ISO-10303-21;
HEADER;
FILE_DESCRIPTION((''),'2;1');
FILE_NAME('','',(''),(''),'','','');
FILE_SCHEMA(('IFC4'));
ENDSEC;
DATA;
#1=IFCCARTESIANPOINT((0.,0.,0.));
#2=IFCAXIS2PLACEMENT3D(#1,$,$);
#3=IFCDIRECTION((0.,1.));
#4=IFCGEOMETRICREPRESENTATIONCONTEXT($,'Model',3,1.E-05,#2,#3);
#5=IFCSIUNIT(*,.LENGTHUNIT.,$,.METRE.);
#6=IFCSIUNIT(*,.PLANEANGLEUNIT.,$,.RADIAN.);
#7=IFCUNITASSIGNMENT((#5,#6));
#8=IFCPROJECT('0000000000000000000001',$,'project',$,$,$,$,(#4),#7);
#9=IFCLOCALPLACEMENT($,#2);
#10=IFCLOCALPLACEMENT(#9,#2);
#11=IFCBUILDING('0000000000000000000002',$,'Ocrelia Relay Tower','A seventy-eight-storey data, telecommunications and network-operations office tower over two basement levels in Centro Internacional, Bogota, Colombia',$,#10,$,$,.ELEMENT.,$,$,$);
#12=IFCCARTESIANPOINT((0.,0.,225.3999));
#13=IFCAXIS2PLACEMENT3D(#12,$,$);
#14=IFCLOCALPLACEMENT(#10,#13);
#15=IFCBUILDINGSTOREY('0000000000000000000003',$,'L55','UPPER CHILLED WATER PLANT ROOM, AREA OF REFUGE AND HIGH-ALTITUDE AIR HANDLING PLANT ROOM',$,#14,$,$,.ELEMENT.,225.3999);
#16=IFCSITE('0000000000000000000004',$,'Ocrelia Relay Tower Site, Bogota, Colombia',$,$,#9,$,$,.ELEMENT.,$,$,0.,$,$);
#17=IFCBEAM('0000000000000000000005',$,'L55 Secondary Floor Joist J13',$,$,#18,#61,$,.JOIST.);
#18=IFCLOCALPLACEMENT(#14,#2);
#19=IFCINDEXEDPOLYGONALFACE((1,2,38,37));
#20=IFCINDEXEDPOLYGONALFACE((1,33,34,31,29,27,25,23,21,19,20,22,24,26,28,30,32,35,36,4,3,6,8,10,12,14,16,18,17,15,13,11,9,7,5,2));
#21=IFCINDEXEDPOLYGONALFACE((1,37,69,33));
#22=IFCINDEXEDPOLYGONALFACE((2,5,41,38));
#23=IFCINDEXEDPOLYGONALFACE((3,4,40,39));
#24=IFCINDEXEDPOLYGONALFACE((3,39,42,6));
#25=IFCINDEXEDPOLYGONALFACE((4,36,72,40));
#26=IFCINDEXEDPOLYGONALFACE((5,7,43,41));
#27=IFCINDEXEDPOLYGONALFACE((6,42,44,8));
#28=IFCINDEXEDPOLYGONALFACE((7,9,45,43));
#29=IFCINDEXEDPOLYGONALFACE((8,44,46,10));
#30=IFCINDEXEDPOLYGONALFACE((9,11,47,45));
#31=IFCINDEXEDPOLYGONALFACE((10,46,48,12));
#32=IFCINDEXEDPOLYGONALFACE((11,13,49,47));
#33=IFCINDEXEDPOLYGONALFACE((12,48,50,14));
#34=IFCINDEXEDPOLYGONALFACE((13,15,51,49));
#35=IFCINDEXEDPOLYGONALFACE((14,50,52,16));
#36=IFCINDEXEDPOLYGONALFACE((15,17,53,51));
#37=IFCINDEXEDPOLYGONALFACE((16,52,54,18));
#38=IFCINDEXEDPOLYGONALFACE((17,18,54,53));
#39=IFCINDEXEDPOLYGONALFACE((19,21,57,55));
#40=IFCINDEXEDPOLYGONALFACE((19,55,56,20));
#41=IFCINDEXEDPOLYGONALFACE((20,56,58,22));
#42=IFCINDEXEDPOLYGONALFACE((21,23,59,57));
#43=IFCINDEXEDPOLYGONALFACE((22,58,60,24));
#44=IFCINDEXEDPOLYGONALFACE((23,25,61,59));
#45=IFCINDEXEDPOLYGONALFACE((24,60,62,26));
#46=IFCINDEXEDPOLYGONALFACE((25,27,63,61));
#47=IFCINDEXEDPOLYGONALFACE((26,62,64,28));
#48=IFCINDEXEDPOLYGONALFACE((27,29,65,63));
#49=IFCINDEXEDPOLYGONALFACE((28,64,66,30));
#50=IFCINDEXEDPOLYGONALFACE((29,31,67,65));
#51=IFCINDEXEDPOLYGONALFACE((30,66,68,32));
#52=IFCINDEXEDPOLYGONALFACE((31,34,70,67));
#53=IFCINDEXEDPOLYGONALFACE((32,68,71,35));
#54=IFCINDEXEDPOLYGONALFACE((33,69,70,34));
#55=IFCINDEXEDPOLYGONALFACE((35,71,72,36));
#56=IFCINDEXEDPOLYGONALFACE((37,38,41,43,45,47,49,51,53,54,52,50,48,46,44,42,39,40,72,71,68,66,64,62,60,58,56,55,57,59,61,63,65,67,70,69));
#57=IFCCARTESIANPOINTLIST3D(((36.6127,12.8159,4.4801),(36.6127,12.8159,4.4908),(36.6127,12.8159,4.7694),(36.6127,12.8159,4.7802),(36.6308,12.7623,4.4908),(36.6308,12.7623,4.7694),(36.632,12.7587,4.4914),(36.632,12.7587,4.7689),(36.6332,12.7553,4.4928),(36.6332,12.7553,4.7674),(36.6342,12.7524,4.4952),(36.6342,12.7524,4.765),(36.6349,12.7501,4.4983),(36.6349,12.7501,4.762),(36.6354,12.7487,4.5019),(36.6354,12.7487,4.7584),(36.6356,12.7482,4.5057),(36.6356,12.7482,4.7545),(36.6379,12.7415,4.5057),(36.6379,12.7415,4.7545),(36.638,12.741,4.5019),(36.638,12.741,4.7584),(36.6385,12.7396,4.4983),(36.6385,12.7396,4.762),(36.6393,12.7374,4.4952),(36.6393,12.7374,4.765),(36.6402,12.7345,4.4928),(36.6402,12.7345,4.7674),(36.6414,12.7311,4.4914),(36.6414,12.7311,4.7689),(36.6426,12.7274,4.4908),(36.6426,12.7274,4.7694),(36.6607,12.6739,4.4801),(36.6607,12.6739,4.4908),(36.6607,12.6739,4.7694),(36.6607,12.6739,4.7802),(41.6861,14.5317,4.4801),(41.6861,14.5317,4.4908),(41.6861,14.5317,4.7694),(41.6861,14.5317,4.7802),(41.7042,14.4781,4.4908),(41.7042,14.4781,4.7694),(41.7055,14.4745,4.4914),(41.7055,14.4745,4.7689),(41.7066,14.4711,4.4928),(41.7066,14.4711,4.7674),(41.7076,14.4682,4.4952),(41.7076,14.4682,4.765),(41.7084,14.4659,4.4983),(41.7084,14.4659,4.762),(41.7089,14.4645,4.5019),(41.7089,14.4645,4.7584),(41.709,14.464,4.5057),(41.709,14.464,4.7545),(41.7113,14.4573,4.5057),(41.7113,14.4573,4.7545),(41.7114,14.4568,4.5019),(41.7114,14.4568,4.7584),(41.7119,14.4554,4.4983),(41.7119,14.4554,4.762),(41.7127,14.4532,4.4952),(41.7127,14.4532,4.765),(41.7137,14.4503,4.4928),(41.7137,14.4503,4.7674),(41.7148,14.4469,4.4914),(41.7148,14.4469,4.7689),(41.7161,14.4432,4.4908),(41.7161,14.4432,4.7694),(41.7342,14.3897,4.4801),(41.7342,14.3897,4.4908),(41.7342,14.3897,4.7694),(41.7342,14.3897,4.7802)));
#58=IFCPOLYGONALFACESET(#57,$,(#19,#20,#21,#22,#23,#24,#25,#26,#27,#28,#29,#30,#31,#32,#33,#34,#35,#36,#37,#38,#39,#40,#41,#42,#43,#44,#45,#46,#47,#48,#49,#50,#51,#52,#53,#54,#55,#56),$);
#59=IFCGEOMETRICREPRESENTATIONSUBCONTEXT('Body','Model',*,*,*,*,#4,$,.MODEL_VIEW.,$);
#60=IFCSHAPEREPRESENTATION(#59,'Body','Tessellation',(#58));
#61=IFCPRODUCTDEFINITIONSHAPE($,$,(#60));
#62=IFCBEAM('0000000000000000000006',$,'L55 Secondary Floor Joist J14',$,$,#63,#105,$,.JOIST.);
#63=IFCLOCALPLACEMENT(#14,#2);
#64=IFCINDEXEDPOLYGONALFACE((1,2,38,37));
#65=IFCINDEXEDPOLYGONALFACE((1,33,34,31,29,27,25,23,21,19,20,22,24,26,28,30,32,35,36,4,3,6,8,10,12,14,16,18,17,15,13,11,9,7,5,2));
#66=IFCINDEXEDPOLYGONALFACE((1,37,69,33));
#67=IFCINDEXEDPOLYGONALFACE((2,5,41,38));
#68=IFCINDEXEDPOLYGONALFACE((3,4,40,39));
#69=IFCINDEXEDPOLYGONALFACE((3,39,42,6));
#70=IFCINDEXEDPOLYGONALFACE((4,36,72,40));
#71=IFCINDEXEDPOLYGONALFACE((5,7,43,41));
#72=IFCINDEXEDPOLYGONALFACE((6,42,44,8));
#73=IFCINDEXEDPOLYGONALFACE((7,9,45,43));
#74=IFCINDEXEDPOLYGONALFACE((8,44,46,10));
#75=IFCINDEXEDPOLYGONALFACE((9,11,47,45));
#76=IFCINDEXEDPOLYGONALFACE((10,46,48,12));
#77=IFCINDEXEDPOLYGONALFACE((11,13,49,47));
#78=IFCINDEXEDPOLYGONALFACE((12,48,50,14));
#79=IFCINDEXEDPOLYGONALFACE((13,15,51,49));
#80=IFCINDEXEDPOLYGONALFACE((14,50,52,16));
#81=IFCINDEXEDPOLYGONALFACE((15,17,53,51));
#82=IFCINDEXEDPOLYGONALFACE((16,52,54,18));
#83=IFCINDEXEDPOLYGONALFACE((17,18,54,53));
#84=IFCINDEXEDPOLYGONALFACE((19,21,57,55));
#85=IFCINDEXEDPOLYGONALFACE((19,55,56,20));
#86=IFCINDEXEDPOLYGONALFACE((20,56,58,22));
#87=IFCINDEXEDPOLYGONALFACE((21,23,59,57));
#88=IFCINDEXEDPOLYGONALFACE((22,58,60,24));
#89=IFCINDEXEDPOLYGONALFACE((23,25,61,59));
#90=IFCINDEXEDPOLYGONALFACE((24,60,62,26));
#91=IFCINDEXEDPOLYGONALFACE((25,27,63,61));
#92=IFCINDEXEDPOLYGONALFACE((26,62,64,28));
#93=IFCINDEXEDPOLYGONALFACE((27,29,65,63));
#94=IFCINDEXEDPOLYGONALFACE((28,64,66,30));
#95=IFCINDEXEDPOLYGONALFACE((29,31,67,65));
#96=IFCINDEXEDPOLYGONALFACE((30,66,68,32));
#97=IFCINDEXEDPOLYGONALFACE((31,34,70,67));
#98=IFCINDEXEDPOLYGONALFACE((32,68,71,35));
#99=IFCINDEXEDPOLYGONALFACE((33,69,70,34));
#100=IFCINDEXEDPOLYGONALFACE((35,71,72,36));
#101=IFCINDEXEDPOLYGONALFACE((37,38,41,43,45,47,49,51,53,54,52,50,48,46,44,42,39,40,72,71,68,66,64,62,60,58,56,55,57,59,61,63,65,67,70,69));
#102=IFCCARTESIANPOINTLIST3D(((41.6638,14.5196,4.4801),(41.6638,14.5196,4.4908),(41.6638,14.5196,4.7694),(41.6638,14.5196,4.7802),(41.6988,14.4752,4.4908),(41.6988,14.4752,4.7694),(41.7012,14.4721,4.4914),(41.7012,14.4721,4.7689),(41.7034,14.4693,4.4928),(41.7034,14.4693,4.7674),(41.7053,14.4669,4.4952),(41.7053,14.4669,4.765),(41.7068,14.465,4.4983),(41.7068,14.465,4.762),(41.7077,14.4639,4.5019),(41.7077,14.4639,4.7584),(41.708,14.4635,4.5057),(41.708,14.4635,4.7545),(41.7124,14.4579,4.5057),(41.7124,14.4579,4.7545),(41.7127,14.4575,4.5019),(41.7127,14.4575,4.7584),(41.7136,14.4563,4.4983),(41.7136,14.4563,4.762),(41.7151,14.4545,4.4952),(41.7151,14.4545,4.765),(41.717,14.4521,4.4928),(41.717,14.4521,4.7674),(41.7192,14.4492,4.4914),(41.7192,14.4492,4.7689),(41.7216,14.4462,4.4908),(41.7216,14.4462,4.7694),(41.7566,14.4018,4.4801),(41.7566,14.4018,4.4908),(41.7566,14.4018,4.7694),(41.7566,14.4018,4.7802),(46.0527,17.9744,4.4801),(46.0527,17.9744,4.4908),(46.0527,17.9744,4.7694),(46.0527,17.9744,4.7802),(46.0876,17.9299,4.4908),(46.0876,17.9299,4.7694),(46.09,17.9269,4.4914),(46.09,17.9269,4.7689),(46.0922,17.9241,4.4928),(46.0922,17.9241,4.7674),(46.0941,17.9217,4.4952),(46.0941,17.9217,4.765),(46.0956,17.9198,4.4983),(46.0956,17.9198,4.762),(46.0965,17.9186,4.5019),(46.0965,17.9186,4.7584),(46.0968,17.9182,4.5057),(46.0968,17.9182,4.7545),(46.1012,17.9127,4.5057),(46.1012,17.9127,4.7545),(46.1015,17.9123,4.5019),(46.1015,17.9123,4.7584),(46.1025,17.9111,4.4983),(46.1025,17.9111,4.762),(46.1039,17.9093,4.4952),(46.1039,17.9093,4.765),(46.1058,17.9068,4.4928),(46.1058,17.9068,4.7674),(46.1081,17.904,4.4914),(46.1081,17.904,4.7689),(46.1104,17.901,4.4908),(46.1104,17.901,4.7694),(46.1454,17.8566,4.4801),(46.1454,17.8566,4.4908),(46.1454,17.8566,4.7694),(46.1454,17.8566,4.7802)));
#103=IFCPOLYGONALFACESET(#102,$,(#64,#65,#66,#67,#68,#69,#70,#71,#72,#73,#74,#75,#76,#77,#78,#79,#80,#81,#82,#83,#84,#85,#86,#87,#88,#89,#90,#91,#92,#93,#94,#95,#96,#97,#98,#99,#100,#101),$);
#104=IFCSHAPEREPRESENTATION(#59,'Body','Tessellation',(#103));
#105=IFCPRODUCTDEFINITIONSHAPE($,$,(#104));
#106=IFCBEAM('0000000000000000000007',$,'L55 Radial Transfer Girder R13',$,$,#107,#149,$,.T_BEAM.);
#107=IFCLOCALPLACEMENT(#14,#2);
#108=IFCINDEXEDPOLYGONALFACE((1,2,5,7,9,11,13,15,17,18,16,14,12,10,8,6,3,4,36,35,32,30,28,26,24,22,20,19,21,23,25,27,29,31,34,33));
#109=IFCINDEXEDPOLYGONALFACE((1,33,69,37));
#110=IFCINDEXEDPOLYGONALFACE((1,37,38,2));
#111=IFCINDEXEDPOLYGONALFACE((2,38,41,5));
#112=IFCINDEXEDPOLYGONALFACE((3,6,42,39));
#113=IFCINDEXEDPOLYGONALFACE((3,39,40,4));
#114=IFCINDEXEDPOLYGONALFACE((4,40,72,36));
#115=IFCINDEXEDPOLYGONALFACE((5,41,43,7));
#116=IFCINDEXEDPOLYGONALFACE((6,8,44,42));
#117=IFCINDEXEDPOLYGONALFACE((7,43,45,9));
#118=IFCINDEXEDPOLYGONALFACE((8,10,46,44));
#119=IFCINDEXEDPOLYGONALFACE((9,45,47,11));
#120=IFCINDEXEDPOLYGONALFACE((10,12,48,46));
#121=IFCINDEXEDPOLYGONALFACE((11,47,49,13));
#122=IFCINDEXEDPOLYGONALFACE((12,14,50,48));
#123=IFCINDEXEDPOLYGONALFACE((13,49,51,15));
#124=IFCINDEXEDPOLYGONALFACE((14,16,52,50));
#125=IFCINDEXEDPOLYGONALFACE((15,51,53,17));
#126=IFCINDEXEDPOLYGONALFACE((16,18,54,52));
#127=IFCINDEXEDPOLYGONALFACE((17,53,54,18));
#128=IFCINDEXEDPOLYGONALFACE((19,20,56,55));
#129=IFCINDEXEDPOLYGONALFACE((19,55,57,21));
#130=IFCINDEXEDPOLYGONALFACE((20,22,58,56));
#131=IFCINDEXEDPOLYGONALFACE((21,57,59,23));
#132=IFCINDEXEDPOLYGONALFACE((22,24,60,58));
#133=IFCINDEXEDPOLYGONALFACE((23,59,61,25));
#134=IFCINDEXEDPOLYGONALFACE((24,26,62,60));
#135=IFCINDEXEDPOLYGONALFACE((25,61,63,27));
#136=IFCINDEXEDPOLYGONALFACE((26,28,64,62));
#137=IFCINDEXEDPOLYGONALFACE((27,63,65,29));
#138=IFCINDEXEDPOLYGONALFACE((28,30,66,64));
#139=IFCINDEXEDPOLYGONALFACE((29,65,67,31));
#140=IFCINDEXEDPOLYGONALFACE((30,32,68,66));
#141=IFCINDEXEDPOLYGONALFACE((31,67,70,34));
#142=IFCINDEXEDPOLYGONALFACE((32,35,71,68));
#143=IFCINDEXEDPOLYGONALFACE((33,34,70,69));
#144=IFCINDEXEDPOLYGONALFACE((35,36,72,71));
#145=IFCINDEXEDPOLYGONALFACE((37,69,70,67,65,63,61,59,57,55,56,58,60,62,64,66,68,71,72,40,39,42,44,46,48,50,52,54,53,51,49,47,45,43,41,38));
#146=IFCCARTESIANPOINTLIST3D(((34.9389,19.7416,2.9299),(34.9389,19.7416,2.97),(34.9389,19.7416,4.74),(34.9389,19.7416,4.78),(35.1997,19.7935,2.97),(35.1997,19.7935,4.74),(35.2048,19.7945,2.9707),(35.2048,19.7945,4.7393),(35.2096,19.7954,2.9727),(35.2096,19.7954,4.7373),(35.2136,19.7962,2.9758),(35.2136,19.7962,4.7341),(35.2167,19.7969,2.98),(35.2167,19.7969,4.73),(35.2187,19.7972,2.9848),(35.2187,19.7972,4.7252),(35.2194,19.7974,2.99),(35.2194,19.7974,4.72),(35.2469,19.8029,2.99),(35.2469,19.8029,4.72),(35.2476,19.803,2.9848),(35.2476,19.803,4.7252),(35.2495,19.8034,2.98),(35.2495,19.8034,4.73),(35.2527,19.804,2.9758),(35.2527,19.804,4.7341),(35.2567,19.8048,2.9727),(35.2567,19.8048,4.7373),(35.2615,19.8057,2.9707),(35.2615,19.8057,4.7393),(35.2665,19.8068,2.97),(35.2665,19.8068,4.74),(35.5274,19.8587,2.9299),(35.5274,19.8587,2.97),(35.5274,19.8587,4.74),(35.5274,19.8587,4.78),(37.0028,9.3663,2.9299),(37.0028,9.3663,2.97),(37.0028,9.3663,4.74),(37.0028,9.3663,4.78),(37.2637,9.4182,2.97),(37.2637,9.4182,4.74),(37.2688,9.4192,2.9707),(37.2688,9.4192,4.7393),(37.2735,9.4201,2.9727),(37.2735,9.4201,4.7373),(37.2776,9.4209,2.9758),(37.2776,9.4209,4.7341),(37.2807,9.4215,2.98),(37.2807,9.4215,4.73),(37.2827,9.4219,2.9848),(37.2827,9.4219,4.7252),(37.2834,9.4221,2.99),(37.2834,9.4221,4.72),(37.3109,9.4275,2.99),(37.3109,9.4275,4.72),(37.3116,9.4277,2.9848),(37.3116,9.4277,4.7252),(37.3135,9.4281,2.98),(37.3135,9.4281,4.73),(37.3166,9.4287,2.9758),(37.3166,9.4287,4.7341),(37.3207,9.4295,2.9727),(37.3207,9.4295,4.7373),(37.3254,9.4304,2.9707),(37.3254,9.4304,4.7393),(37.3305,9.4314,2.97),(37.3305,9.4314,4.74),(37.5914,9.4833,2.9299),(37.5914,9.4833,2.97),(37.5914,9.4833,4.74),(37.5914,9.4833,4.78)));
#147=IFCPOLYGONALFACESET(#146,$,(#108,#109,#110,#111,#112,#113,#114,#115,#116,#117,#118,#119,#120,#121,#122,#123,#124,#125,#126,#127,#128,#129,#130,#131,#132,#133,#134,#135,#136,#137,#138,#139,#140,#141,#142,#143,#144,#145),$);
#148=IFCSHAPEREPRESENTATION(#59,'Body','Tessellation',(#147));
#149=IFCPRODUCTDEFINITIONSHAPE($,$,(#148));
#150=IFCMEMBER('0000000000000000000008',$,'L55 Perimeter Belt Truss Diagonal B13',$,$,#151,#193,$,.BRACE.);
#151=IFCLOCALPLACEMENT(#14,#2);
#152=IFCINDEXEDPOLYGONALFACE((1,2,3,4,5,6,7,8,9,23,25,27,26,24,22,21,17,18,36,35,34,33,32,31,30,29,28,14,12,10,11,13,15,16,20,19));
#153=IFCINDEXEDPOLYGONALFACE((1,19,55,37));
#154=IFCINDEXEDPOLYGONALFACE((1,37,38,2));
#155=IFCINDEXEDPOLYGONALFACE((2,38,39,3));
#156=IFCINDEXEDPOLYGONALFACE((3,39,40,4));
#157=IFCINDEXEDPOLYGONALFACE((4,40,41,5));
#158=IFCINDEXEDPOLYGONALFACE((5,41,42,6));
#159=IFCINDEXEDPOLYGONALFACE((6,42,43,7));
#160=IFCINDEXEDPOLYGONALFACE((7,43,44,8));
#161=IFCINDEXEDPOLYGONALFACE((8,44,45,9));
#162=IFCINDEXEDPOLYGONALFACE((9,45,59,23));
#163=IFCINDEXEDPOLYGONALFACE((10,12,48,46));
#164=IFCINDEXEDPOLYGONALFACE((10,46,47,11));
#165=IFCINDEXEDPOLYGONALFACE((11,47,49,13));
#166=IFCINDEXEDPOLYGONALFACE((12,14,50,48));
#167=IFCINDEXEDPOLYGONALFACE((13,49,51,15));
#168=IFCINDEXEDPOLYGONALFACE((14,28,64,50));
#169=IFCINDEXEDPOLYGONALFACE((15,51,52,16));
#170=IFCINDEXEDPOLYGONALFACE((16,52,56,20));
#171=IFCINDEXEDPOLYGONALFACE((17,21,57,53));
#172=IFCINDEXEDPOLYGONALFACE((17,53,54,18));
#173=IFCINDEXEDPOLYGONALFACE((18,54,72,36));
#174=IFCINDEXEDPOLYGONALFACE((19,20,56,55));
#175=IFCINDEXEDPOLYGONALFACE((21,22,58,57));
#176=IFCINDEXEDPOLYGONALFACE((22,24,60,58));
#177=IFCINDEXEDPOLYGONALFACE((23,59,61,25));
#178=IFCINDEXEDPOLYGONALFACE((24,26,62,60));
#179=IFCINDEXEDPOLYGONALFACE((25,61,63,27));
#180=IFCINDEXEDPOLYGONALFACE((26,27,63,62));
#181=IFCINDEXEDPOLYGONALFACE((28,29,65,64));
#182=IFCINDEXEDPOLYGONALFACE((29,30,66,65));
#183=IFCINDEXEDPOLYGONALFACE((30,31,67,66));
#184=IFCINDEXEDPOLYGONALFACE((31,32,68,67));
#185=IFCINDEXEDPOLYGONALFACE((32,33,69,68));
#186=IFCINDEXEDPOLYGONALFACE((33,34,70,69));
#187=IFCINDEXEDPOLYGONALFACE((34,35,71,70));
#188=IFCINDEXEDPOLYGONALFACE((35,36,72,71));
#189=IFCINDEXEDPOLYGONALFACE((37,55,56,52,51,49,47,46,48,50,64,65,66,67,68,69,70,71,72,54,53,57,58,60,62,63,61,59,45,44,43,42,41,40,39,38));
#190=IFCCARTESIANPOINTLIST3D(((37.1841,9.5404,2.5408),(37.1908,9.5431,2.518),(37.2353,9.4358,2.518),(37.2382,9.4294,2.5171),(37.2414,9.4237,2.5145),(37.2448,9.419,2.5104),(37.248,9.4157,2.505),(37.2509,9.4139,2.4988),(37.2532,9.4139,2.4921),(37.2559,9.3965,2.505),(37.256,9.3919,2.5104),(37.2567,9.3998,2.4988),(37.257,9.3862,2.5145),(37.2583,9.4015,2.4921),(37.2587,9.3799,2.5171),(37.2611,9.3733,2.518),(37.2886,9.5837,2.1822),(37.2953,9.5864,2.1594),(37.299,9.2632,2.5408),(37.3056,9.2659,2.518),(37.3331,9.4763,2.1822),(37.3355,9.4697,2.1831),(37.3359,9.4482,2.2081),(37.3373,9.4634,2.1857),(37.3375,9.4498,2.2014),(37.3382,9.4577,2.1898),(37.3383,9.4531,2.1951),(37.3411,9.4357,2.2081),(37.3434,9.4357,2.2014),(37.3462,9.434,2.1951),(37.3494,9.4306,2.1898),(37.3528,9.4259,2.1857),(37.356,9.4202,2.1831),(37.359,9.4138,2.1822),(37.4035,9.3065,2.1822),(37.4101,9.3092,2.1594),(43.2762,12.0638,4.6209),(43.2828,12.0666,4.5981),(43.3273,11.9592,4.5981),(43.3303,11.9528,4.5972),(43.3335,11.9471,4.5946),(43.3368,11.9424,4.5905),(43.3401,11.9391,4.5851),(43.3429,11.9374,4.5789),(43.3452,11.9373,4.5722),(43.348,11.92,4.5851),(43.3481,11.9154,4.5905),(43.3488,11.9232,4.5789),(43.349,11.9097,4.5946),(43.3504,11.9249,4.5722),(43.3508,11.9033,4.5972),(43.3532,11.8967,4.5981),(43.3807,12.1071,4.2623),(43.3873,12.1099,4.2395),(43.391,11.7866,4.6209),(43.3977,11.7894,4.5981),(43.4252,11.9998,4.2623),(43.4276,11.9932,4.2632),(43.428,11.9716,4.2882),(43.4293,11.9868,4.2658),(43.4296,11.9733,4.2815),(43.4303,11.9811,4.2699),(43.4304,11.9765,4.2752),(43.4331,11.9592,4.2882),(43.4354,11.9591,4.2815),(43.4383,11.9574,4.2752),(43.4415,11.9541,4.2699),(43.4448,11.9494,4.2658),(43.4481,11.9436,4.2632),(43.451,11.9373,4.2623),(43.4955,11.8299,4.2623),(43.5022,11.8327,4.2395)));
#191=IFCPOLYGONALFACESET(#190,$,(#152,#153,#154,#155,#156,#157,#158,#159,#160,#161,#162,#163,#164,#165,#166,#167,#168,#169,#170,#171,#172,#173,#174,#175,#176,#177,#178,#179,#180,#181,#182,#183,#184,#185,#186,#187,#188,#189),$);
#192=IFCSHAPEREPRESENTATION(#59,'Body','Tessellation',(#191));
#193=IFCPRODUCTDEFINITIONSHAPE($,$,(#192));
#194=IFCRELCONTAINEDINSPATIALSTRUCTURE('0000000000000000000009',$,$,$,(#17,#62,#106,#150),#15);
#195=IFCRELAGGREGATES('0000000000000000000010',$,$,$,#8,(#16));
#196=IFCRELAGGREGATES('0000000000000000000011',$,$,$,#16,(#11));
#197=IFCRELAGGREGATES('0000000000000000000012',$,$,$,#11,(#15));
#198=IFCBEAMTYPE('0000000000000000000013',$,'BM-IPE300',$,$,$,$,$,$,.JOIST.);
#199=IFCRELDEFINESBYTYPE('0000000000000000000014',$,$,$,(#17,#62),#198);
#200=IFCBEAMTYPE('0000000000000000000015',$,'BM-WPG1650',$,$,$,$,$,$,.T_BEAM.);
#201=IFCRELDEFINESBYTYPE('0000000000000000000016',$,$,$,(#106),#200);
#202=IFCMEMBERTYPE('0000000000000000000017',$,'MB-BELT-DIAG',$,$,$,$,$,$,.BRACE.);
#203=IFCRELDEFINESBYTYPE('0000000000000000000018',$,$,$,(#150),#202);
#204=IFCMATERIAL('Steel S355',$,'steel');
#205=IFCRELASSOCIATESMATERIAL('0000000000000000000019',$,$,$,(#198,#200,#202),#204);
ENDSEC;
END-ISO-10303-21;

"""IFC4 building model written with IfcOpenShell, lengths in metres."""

from ifc_helpers import new_model, si_unit, direction, frame, origin, origin_2d, place, context, subcontext, project, spatial, i_section, extrude, material, material_profile, profile_set, type_object, element, save


model = new_model("IFC4")

# Units and contexts
model_context = context("Model", 3, precision=1e-05, world=origin(), true_north=direction((0.0, 1.0)))
body_context = subcontext(model_context, "Body", "Model", "MODEL_VIEW")
ifc_project = project(units=[si_unit("LENGTHUNIT", "METRE"), si_unit("PLANEANGLEUNIT", "RADIAN")], contexts=[model_context])

# Site, building, storey
site_placement = place(None, origin())
site = spatial("IfcSite", under=ifc_project, at=site_placement, Name="Ocrelia Relay Tower Site, Bogota, Colombia", CompositionType="ELEMENT", RefElevation=0.0)
building_placement = place(site_placement, origin())
building = spatial("IfcBuilding", under=site, at=building_placement, Name="Ocrelia Relay Tower", Description="A seventy-eight-storey data, telecommunications and network-operations office tower over two basement levels in Centro Internacional, Bogota, Colombia", CompositionType="ELEMENT")
storey_placement = place(building_placement, frame((0.0, 0.0, 225.3999)))
storey = spatial("IfcBuildingStorey", under=building, at=storey_placement, Name="L55", Description="UPPER CHILLED WATER PLANT ROOM, AREA OF REFUGE AND HIGH-ALTITUDE AIR HANDLING PLANT ROOM", CompositionType="ELEMENT", Elevation=225.3999)

# Beams
ifc_material_1 = material(Name="Steel S355", Category="steel")
ifc_material_profile_1 = material_profile(ifc_material_1, i_section(OverallWidth=0.1499, OverallDepth=0.3, WebThickness=0.0071, FlangeThickness=0.0107, FilletRadius=0.0149, at=origin_2d()), Name="IPE 300")
ifc_profile_set_1 = profile_set([ifc_material_profile_1], Name="Steel S355")
beam_type_1 = type_object("IfcBeamType", Name="BM-IPE300", PredefinedType="JOIST", material=ifc_profile_set_1)
beam_1_placement = place(storey_placement, frame((36.6367, 12.7449, 4.6301), z_axis=(0.947293, 0.320368, 0.0), x_axis=(-0.320368, 0.947293, 0.0)))
element("IfcBeam", 1, at=beam_1_placement, inside=storey, type_object=beam_type_1, Name="L55 Secondary Floor Joist J13", PredefinedType="JOIST", context=body_context, shape_type="SweptSolid", body=[
    extrude(i_section(OverallWidth=0.1499, OverallDepth=0.3, WebThickness=0.0071, FlangeThickness=0.0107, FilletRadius=0.0149, at=origin_2d()), origin(), (0.0, 0.0, 1.0), 5.3557),
])
beam_2_placement = place(storey_placement, frame((41.7102, 14.4607, 4.6301), z_axis=(0.785761, 0.61853, 0.0), x_axis=(-0.61853, 0.785761, 0.0)))
element("IfcBeam", 2, at=beam_2_placement, inside=storey, type_object=beam_type_1, Name="L55 Secondary Floor Joist J14", PredefinedType="JOIST", context=body_context, shape_type="SweptSolid", body=[
    extrude(i_section(OverallWidth=0.1499, OverallDepth=0.3, WebThickness=0.0071, FlangeThickness=0.0107, FilletRadius=0.0149, at=origin_2d()), origin(), (0.0, 0.0, 1.0), 5.5854),
])
ifc_material_profile_2 = material_profile(ifc_material_1, i_section(OverallWidth=0.6001, OverallDepth=1.8501, WebThickness=0.0281, FlangeThickness=0.04, FilletRadius=0.02, at=origin_2d()), Name="WPG 1850x600")
ifc_profile_set_2 = profile_set([ifc_material_profile_2], Name="Steel S355")
beam_type_2 = type_object("IfcBeamType", Name="BM-WPG1650", PredefinedType="T_BEAM", material=ifc_profile_set_2)
beam_3_placement = place(storey_placement, frame((37.2971, 9.4248, 3.855), z_axis=(-0.195109, 0.980782, 0.0), x_axis=(-0.980782, -0.195109, 0.0)))
element("IfcBeam", 3, at=beam_3_placement, inside=storey, type_object=beam_type_2, Name="L55 Radial Transfer Girder R13", PredefinedType="T_BEAM", context=body_context, shape_type="SweptSolid", body=[
    extrude(i_section(OverallWidth=0.6001, OverallDepth=1.8501, WebThickness=0.0281, FlangeThickness=0.04, FilletRadius=0.02, at=origin_2d()), origin(), (0.0, 0.0, 1.0), 10.5786),
])

# Member
ifc_material_profile_3 = material_profile(ifc_material_1, i_section(OverallWidth=0.3, OverallDepth=0.3999, WebThickness=0.0134, FlangeThickness=0.0239, FilletRadius=0.0271, at=origin_2d()), Name="HEB 400")
ifc_profile_set_3 = profile_set([ifc_material_profile_3], Name="Steel S355")
member_type_1 = type_object("IfcMemberType", Name="MB-BELT-DIAG", PredefinedType="BRACE", material=ifc_profile_set_3)
member_1_placement = place(storey_placement, frame((37.2971, 9.4248, 2.3501), z_axis=(0.88108, 0.36496, 0.300837), x_axis=(-0.382688, 0.923878, 0.0)))
element("IfcMember", 4, at=member_1_placement, inside=storey, type_object=member_type_1, Name="L55 Perimeter Belt Truss Diagonal B13", PredefinedType="BRACE", context=body_context, shape_type="SweptSolid", body=[
    extrude(i_section(OverallWidth=0.3, OverallDepth=0.3999, WebThickness=0.0134, FlangeThickness=0.0239, FilletRadius=0.0271, at=origin_2d()), origin(), (0.0, 0.0, 1.0), 6.9143),
])

save(model, "model.ifc")
